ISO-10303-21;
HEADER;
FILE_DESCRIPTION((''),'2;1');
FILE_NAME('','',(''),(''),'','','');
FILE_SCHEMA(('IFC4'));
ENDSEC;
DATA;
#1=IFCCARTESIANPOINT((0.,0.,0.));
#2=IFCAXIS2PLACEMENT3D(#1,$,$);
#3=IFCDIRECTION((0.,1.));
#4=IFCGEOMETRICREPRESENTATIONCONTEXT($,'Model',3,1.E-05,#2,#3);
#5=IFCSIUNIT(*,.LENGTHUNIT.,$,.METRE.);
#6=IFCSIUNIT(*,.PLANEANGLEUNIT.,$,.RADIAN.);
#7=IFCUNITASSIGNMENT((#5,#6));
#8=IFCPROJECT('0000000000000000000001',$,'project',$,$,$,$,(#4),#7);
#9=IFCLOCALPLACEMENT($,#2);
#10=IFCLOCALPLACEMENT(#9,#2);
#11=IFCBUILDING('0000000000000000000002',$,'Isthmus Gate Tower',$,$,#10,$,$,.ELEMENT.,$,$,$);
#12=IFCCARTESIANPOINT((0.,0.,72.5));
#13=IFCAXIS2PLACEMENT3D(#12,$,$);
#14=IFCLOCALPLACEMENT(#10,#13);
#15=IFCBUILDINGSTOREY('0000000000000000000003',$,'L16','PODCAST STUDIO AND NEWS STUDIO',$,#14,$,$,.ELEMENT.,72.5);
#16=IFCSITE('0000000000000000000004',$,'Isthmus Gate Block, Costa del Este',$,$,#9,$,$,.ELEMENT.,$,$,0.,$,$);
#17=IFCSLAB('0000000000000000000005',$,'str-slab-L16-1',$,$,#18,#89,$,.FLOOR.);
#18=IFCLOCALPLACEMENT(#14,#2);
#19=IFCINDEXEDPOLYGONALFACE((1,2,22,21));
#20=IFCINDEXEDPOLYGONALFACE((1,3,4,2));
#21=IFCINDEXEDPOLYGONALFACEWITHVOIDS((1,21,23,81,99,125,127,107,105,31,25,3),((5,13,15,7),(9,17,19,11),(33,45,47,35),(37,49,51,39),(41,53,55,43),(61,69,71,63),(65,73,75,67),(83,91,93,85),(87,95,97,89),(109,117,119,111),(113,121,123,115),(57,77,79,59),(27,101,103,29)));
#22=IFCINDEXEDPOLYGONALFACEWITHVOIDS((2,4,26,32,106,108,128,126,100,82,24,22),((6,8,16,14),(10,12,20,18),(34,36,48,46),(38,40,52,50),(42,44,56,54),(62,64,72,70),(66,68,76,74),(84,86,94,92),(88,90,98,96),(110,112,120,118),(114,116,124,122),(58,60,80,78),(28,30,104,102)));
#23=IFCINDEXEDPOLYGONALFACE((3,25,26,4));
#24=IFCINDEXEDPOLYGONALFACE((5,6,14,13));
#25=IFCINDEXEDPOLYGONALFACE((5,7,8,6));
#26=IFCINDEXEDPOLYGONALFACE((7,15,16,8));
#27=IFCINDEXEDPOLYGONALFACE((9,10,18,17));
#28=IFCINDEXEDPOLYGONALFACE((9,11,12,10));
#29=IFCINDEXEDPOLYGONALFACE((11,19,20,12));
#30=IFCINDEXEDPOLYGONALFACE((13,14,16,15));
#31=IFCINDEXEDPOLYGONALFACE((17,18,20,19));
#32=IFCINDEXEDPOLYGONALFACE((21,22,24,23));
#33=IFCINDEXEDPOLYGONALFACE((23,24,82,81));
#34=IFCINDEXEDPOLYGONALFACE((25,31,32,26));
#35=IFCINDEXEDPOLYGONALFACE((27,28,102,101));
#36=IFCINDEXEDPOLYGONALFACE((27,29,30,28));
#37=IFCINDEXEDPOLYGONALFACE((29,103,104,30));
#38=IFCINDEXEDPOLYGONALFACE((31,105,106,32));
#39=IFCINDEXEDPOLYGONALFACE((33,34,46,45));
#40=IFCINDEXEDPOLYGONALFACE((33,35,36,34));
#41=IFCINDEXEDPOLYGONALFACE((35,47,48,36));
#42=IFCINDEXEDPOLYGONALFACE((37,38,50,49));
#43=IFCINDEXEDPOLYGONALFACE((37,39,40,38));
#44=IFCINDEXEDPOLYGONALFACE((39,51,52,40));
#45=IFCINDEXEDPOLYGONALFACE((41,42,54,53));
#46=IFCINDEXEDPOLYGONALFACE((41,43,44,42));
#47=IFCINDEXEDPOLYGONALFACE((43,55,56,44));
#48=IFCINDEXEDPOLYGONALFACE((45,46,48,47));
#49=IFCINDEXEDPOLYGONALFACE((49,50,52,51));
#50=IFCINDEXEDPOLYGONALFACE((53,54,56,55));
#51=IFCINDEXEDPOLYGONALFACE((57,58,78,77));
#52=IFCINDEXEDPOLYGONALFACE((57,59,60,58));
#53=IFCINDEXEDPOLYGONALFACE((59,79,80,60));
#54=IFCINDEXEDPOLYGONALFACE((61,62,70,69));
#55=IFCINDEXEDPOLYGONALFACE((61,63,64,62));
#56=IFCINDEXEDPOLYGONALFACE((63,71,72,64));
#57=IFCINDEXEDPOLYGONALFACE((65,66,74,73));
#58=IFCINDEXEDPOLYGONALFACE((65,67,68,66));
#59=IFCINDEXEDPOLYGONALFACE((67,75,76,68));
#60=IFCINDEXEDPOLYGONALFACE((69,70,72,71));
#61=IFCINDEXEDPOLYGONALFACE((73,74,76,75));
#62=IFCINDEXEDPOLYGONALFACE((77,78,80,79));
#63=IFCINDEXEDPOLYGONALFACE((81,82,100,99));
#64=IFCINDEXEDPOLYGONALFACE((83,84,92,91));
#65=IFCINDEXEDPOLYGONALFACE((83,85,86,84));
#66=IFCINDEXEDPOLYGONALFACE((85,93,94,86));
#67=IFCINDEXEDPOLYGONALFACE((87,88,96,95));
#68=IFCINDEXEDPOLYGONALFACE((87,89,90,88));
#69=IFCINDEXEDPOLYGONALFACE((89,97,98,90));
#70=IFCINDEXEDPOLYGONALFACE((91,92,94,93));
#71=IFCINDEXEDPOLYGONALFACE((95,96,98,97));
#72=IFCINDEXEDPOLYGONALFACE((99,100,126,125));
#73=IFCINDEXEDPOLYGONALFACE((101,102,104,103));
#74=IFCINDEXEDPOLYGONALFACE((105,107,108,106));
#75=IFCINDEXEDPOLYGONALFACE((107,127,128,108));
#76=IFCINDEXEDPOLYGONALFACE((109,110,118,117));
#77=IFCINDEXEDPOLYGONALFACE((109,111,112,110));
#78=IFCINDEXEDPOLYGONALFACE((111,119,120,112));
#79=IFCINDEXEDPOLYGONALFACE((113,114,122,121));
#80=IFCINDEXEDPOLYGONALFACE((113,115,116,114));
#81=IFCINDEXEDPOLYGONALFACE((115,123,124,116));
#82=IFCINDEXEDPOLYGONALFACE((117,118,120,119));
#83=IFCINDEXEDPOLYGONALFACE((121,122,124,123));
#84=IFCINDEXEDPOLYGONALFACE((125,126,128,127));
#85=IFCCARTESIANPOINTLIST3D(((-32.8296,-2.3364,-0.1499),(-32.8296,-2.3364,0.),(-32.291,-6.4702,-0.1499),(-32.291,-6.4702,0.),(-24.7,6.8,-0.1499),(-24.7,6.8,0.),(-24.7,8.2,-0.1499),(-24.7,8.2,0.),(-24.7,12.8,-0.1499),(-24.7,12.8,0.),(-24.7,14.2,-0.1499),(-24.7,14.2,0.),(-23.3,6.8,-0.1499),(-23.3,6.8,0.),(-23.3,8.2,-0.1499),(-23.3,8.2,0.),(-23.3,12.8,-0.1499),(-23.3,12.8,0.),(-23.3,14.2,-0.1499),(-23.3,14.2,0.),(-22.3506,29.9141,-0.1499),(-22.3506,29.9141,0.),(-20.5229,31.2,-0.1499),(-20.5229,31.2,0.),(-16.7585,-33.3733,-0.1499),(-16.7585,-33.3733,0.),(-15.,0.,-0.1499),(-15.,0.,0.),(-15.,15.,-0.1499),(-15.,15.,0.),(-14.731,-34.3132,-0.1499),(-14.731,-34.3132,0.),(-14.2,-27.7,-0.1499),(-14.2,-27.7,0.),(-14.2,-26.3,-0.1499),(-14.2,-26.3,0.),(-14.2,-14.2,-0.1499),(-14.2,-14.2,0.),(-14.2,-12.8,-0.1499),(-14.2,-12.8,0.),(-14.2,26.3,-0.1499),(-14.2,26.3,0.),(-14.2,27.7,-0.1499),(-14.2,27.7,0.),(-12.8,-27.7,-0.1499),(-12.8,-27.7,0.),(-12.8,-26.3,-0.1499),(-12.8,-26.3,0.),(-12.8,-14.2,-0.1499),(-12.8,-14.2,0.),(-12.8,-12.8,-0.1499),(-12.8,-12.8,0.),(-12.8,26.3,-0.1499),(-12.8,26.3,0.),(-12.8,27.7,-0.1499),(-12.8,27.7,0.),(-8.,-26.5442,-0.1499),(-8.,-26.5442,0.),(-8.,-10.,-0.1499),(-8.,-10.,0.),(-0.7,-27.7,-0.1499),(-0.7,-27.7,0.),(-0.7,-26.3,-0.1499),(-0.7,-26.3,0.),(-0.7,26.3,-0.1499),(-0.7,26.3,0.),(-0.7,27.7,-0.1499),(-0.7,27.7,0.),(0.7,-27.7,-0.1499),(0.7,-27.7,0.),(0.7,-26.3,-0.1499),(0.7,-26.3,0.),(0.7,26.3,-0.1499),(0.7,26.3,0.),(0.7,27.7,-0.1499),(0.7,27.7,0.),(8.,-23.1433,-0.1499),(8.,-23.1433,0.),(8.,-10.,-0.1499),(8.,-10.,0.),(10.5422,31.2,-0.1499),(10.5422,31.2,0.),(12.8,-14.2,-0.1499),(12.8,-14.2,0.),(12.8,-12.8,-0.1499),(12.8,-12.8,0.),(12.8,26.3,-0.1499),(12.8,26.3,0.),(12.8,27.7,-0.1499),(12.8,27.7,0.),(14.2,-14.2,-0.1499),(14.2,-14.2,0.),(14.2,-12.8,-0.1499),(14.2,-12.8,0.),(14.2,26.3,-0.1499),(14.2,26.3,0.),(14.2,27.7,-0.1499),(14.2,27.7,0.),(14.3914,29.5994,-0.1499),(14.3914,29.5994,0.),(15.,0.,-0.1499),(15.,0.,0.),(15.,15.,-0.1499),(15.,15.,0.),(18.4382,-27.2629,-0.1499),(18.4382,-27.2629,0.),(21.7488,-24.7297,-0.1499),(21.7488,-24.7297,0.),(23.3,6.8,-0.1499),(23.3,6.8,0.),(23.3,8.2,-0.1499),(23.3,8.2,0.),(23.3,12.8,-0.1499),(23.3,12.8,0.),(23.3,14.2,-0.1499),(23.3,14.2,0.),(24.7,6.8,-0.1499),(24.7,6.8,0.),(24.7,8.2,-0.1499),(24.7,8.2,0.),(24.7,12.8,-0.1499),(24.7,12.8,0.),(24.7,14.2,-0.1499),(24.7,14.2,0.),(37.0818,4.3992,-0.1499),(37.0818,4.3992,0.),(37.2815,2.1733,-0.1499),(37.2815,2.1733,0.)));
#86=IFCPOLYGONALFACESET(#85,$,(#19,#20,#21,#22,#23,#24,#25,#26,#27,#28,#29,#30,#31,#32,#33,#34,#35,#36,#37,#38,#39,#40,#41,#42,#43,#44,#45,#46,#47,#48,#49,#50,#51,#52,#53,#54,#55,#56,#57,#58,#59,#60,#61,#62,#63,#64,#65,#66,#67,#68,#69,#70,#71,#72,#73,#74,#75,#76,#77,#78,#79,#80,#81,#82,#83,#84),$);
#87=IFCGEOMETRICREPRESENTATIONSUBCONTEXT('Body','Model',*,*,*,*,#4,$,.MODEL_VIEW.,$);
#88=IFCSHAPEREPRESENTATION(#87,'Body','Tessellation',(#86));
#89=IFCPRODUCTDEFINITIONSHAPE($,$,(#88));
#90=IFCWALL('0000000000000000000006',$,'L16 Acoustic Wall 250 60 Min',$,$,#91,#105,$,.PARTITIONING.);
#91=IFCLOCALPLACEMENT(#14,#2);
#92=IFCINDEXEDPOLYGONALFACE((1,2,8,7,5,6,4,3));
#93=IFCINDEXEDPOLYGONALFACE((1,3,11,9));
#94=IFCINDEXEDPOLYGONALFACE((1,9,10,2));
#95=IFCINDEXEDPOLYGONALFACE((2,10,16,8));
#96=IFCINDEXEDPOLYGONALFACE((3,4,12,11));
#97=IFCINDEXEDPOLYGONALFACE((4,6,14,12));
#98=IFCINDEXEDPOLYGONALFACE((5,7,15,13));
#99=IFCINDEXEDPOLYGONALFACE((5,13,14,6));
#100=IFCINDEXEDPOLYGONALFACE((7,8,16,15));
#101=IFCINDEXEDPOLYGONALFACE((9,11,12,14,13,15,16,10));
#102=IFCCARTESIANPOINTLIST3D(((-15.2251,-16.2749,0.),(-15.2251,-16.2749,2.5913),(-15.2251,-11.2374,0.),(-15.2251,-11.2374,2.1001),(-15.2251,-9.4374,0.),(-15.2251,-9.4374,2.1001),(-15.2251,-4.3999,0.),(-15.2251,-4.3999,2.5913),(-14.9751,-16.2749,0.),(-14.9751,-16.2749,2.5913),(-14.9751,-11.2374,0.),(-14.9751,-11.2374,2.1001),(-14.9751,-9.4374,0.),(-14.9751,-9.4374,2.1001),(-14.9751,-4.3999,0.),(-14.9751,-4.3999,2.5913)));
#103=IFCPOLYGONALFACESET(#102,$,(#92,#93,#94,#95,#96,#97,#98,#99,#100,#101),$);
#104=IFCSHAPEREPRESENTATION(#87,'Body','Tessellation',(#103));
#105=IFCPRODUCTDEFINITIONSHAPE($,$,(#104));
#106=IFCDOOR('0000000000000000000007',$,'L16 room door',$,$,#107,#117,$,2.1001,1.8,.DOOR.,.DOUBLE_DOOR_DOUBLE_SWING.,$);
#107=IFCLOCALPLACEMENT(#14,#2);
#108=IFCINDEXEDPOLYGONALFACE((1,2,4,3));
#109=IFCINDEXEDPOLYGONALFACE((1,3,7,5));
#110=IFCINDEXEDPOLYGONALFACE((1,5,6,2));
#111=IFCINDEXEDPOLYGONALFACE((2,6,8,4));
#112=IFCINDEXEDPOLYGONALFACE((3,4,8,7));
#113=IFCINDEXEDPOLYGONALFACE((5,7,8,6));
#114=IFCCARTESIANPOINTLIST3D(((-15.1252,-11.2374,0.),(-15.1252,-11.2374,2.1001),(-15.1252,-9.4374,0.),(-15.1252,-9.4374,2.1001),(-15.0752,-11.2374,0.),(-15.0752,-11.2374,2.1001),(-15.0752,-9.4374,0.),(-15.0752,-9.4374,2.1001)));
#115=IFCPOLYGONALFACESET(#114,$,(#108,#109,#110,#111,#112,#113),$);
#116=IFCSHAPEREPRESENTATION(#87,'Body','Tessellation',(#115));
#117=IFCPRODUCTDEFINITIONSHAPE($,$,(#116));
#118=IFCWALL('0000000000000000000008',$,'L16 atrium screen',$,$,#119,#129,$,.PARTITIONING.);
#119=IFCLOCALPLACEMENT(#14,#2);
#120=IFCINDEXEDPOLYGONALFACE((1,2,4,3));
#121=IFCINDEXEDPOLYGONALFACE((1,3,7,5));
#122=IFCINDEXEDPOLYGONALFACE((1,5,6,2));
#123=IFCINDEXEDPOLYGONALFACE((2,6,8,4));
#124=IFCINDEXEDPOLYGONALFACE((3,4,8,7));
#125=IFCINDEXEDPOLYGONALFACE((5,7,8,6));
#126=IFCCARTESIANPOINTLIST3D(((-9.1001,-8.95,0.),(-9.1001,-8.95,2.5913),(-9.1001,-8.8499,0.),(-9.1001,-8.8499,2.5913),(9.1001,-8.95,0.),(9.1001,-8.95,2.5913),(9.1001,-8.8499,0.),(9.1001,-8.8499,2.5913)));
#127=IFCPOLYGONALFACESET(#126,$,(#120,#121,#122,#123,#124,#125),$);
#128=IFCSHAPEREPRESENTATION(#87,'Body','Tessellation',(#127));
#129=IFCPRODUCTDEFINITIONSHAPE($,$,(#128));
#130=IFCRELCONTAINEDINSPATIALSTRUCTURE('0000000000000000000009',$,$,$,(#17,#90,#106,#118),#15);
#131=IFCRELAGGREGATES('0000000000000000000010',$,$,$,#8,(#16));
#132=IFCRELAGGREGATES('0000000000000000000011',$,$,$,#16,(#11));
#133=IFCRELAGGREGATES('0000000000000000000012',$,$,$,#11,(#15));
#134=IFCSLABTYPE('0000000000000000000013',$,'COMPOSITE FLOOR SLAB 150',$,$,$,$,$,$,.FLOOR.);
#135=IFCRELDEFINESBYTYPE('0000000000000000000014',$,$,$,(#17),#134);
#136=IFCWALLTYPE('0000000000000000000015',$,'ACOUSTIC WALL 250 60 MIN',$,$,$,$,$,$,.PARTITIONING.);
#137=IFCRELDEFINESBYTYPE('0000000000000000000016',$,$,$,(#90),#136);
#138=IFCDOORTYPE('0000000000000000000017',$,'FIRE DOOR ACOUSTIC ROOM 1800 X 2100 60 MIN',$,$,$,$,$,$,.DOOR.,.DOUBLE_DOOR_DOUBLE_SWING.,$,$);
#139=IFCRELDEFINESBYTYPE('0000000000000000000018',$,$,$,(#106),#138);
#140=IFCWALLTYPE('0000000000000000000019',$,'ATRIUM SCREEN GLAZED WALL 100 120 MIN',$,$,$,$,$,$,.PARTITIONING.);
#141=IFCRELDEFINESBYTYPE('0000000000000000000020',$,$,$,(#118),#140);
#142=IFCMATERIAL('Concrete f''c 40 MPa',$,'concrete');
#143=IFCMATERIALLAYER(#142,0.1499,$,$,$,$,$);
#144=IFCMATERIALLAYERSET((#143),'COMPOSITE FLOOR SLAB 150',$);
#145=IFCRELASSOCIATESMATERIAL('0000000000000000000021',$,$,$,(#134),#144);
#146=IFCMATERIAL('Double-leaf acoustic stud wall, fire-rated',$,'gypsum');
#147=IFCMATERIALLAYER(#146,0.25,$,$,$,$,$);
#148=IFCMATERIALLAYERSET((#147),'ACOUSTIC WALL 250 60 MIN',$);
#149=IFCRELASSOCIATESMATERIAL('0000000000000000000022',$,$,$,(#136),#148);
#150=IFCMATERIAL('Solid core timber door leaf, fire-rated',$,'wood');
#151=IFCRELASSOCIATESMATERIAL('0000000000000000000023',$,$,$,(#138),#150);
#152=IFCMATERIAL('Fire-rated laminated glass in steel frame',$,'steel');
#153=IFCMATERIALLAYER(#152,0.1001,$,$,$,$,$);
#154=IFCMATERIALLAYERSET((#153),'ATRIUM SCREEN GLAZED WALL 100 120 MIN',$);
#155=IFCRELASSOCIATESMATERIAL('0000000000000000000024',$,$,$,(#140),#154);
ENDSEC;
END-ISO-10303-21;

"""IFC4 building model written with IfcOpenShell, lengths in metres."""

from ifc_helpers import new_model, si_unit, direction, frame, frame_2d, origin, place, context, subcontext, project, spatial, polyline, rectangle, outline, extrude, material, layer, layer_set, type_object, element, fill, save


model = new_model("IFC4")

# Units and contexts
model_context = context("Model", 3, precision=1e-05, world=origin(), true_north=direction((0.0, 1.0)))
body_context = subcontext(model_context, "Body", "Model", "MODEL_VIEW")
ifc_project = project(units=[si_unit("LENGTHUNIT", "METRE"), si_unit("PLANEANGLEUNIT", "RADIAN")], contexts=[model_context])

# Site, building, storey
site_placement = place(None, origin())
site = spatial("IfcSite", under=ifc_project, at=site_placement, Name="Isthmus Gate Block, Costa del Este", CompositionType="ELEMENT", RefElevation=0.0)
building_placement = place(site_placement, origin())
building = spatial("IfcBuilding", under=site, at=building_placement, Name="Isthmus Gate Tower", CompositionType="ELEMENT")
storey_placement = place(building_placement, frame((0.0, 0.0, 72.5)))
storey = spatial("IfcBuildingStorey", under=building, at=storey_placement, Name="L16", Description="PODCAST STUDIO AND NEWS STUDIO", CompositionType="ELEMENT", Elevation=72.5)

# Slab
ifc_material_1 = material(Name="Concrete f'c 40 MPa", Category="concrete")
ifc_layer_1 = layer(ifc_material_1, 0.1499)
ifc_layer_set_1 = layer_set([ifc_layer_1], Name="COMPOSITE FLOOR SLAB 150")
slab_type = type_object("IfcSlabType", Name="COMPOSITE FLOOR SLAB 150", PredefinedType="FLOOR", material=ifc_layer_set_1)
slab_placement = place(storey_placement, frame((0.0, 0.0, -0.1499)))
element("IfcSlab", 1, at=slab_placement, inside=storey, type_object=slab_type, Name="str-slab-L16-1", PredefinedType="FLOOR", context=body_context, shape_type="SweptSolid", body=[
    extrude(outline(polyline([(14.3914, 29.5994), (37.0818, 4.3992), (37.2815, 2.1733), (21.7488, -24.7297), (18.4382, -27.2629), (-14.731, -34.3132), (-16.7585, -33.3733), (-32.291, -6.4702), (-32.8296, -2.3364), (-22.3506, 29.9141), (-20.5229, 31.2), (10.5422, 31.2), (14.3914, 29.5994)]), holes=[polyline([(-14.2, -27.7), (-12.8, -27.7), (-12.8, -26.3), (-14.2, -26.3), (-14.2, -27.7)]), polyline([(-0.7, -26.3), (-0.7, -27.7), (0.7, -27.7), (0.7, -26.3), (-0.7, -26.3)]), polyline([(-14.2, -12.8), (-14.2, -14.2), (-12.8, -14.2), (-12.8, -12.8), (-14.2, -12.8)]), polyline([(-24.7, 8.2), (-24.7, 6.8), (-23.3, 6.8), (-23.3, 8.2), (-24.7, 8.2)]), polyline([(-23.3, 14.2), (-24.7, 14.2), (-24.7, 12.8), (-23.3, 12.8), (-23.3, 14.2)]), polyline([(-14.2, 27.7), (-14.2, 26.3), (-12.8, 26.3), (-12.8, 27.7), (-14.2, 27.7)]), polyline([(-0.7, 27.7), (-0.7, 26.3), (0.7, 26.3), (0.7, 27.7), (-0.7, 27.7)]), polyline([(8.0, -23.1433), (8.0, -10.0), (-8.0, -10.0), (-8.0, -26.5442), (8.0, -23.1433)]), polyline([(14.2, -12.8), (12.8, -12.8), (12.8, -14.2), (14.2, -14.2), (14.2, -12.8)]), polyline([(15.0, 15.0), (-15.0, 15.0), (-15.0, 0.0), (15.0, 0.0), (15.0, 15.0)]), polyline([(24.7, 8.2), (23.3, 8.2), (23.3, 6.8), (24.7, 6.8), (24.7, 8.2)]), polyline([(23.3, 14.2), (23.3, 12.8), (24.7, 12.8), (24.7, 14.2), (23.3, 14.2)]), polyline([(14.2, 27.7), (12.8, 27.7), (12.8, 26.3), (14.2, 26.3), (14.2, 27.7)])]), origin(), (0.0, 0.0, 1.0), 0.1499),
])

# Wall, opening, door
ifc_material_2 = material(Name="Double-leaf acoustic stud wall, fire-rated", Category="gypsum")
ifc_layer_2 = layer(ifc_material_2, 0.25)
ifc_layer_set_2 = layer_set([ifc_layer_2], Name="ACOUSTIC WALL 250 60 MIN")
wall_type_1 = type_object("IfcWallType", Name="ACOUSTIC WALL 250 60 MIN", PredefinedType="PARTITIONING", material=ifc_layer_set_2)
wall_1_placement = place(storey_placement, frame((-15.1001, -4.3999, 0.0), z_axis=(0.0, 0.0, 1.0), x_axis=(0.0, -1.0, 0.0)))
wall_1 = element("IfcWall", 2, at=wall_1_placement, inside=storey, type_object=wall_type_1, Name="L16 Acoustic Wall 250 60 Min", PredefinedType="PARTITIONING", context=body_context, shape_type="SweptSolid", body=[
    extrude(rectangle(XDim=11.875, YDim=0.25, at=frame_2d((5.9375, 0.0))), origin(), (0.0, 0.0, 1.0), 2.5913),
])
opening_1_placement = place(wall_1_placement, frame((5.0376, 0.0, 0.0)))
opening_1 = element("IfcOpeningElement", 3, at=opening_1_placement, cuts=wall_1, PredefinedType="OPENING", context=body_context, shape_type="SweptSolid", body=[
    extrude(rectangle(XDim=1.8, YDim=2.1001, at=frame_2d((0.8999, 1.05))), frame((0.0, 0.135, 0.0), z_axis=(0.0, -1.0, 0.0), x_axis=(1.0, 0.0, 0.0)), (0.0, 0.0, 1.0), 0.27),
])
ifc_material_3 = material(Name="Solid core timber door leaf, fire-rated", Category="wood")
door_type_1 = type_object("IfcDoorType", Name="FIRE DOOR ACOUSTIC ROOM 1800 X 2100 60 MIN", OperationType="DOUBLE_DOOR_DOUBLE_SWING", PredefinedType="DOOR", material=ifc_material_3)
door_1_placement = place(opening_1_placement, origin())
door_1 = element("IfcDoor", 4, at=door_1_placement, inside=storey, type_object=door_type_1, Name="L16 room door", OperationType="DOUBLE_DOOR_DOUBLE_SWING", OverallHeight=2.1001, OverallWidth=1.8, PredefinedType="DOOR", context=body_context, shape_type="SweptSolid", body=[
    extrude(rectangle(XDim=1.8, YDim=2.1001, at=frame_2d((0.8999, 1.05))), frame((0.0, 0.0249, 0.0), z_axis=(0.0, -1.0, 0.0), x_axis=(1.0, 0.0, 0.0)), (0.0, 0.0, 1.0), 0.05),
])
fill(opening_1, door_1)

# Wall
ifc_material_4 = material(Name="Fire-rated laminated glass in steel frame", Category="steel")
ifc_layer_3 = layer(ifc_material_4, 0.1001)
ifc_layer_set_3 = layer_set([ifc_layer_3], Name="ATRIUM SCREEN GLAZED WALL 100 120 MIN")
wall_type_2 = type_object("IfcWallType", Name="ATRIUM SCREEN GLAZED WALL 100 120 MIN", PredefinedType="PARTITIONING", material=ifc_layer_set_3)
wall_2_placement = place(storey_placement, frame((-9.1001, -8.8999, 0.0), z_axis=(0.0, 0.0, 1.0), x_axis=(1.0, 0.0, 0.0)))
element("IfcWall", 5, at=wall_2_placement, inside=storey, type_object=wall_type_2, Name="L16 atrium screen", PredefinedType="PARTITIONING", context=body_context, shape_type="SweptSolid", body=[
    extrude(rectangle(XDim=18.2002, YDim=0.1001, at=frame_2d((9.1001, 0.0))), origin(), (0.0, 0.0, 1.0), 2.5913),
])

save(model, "model.ifc")
